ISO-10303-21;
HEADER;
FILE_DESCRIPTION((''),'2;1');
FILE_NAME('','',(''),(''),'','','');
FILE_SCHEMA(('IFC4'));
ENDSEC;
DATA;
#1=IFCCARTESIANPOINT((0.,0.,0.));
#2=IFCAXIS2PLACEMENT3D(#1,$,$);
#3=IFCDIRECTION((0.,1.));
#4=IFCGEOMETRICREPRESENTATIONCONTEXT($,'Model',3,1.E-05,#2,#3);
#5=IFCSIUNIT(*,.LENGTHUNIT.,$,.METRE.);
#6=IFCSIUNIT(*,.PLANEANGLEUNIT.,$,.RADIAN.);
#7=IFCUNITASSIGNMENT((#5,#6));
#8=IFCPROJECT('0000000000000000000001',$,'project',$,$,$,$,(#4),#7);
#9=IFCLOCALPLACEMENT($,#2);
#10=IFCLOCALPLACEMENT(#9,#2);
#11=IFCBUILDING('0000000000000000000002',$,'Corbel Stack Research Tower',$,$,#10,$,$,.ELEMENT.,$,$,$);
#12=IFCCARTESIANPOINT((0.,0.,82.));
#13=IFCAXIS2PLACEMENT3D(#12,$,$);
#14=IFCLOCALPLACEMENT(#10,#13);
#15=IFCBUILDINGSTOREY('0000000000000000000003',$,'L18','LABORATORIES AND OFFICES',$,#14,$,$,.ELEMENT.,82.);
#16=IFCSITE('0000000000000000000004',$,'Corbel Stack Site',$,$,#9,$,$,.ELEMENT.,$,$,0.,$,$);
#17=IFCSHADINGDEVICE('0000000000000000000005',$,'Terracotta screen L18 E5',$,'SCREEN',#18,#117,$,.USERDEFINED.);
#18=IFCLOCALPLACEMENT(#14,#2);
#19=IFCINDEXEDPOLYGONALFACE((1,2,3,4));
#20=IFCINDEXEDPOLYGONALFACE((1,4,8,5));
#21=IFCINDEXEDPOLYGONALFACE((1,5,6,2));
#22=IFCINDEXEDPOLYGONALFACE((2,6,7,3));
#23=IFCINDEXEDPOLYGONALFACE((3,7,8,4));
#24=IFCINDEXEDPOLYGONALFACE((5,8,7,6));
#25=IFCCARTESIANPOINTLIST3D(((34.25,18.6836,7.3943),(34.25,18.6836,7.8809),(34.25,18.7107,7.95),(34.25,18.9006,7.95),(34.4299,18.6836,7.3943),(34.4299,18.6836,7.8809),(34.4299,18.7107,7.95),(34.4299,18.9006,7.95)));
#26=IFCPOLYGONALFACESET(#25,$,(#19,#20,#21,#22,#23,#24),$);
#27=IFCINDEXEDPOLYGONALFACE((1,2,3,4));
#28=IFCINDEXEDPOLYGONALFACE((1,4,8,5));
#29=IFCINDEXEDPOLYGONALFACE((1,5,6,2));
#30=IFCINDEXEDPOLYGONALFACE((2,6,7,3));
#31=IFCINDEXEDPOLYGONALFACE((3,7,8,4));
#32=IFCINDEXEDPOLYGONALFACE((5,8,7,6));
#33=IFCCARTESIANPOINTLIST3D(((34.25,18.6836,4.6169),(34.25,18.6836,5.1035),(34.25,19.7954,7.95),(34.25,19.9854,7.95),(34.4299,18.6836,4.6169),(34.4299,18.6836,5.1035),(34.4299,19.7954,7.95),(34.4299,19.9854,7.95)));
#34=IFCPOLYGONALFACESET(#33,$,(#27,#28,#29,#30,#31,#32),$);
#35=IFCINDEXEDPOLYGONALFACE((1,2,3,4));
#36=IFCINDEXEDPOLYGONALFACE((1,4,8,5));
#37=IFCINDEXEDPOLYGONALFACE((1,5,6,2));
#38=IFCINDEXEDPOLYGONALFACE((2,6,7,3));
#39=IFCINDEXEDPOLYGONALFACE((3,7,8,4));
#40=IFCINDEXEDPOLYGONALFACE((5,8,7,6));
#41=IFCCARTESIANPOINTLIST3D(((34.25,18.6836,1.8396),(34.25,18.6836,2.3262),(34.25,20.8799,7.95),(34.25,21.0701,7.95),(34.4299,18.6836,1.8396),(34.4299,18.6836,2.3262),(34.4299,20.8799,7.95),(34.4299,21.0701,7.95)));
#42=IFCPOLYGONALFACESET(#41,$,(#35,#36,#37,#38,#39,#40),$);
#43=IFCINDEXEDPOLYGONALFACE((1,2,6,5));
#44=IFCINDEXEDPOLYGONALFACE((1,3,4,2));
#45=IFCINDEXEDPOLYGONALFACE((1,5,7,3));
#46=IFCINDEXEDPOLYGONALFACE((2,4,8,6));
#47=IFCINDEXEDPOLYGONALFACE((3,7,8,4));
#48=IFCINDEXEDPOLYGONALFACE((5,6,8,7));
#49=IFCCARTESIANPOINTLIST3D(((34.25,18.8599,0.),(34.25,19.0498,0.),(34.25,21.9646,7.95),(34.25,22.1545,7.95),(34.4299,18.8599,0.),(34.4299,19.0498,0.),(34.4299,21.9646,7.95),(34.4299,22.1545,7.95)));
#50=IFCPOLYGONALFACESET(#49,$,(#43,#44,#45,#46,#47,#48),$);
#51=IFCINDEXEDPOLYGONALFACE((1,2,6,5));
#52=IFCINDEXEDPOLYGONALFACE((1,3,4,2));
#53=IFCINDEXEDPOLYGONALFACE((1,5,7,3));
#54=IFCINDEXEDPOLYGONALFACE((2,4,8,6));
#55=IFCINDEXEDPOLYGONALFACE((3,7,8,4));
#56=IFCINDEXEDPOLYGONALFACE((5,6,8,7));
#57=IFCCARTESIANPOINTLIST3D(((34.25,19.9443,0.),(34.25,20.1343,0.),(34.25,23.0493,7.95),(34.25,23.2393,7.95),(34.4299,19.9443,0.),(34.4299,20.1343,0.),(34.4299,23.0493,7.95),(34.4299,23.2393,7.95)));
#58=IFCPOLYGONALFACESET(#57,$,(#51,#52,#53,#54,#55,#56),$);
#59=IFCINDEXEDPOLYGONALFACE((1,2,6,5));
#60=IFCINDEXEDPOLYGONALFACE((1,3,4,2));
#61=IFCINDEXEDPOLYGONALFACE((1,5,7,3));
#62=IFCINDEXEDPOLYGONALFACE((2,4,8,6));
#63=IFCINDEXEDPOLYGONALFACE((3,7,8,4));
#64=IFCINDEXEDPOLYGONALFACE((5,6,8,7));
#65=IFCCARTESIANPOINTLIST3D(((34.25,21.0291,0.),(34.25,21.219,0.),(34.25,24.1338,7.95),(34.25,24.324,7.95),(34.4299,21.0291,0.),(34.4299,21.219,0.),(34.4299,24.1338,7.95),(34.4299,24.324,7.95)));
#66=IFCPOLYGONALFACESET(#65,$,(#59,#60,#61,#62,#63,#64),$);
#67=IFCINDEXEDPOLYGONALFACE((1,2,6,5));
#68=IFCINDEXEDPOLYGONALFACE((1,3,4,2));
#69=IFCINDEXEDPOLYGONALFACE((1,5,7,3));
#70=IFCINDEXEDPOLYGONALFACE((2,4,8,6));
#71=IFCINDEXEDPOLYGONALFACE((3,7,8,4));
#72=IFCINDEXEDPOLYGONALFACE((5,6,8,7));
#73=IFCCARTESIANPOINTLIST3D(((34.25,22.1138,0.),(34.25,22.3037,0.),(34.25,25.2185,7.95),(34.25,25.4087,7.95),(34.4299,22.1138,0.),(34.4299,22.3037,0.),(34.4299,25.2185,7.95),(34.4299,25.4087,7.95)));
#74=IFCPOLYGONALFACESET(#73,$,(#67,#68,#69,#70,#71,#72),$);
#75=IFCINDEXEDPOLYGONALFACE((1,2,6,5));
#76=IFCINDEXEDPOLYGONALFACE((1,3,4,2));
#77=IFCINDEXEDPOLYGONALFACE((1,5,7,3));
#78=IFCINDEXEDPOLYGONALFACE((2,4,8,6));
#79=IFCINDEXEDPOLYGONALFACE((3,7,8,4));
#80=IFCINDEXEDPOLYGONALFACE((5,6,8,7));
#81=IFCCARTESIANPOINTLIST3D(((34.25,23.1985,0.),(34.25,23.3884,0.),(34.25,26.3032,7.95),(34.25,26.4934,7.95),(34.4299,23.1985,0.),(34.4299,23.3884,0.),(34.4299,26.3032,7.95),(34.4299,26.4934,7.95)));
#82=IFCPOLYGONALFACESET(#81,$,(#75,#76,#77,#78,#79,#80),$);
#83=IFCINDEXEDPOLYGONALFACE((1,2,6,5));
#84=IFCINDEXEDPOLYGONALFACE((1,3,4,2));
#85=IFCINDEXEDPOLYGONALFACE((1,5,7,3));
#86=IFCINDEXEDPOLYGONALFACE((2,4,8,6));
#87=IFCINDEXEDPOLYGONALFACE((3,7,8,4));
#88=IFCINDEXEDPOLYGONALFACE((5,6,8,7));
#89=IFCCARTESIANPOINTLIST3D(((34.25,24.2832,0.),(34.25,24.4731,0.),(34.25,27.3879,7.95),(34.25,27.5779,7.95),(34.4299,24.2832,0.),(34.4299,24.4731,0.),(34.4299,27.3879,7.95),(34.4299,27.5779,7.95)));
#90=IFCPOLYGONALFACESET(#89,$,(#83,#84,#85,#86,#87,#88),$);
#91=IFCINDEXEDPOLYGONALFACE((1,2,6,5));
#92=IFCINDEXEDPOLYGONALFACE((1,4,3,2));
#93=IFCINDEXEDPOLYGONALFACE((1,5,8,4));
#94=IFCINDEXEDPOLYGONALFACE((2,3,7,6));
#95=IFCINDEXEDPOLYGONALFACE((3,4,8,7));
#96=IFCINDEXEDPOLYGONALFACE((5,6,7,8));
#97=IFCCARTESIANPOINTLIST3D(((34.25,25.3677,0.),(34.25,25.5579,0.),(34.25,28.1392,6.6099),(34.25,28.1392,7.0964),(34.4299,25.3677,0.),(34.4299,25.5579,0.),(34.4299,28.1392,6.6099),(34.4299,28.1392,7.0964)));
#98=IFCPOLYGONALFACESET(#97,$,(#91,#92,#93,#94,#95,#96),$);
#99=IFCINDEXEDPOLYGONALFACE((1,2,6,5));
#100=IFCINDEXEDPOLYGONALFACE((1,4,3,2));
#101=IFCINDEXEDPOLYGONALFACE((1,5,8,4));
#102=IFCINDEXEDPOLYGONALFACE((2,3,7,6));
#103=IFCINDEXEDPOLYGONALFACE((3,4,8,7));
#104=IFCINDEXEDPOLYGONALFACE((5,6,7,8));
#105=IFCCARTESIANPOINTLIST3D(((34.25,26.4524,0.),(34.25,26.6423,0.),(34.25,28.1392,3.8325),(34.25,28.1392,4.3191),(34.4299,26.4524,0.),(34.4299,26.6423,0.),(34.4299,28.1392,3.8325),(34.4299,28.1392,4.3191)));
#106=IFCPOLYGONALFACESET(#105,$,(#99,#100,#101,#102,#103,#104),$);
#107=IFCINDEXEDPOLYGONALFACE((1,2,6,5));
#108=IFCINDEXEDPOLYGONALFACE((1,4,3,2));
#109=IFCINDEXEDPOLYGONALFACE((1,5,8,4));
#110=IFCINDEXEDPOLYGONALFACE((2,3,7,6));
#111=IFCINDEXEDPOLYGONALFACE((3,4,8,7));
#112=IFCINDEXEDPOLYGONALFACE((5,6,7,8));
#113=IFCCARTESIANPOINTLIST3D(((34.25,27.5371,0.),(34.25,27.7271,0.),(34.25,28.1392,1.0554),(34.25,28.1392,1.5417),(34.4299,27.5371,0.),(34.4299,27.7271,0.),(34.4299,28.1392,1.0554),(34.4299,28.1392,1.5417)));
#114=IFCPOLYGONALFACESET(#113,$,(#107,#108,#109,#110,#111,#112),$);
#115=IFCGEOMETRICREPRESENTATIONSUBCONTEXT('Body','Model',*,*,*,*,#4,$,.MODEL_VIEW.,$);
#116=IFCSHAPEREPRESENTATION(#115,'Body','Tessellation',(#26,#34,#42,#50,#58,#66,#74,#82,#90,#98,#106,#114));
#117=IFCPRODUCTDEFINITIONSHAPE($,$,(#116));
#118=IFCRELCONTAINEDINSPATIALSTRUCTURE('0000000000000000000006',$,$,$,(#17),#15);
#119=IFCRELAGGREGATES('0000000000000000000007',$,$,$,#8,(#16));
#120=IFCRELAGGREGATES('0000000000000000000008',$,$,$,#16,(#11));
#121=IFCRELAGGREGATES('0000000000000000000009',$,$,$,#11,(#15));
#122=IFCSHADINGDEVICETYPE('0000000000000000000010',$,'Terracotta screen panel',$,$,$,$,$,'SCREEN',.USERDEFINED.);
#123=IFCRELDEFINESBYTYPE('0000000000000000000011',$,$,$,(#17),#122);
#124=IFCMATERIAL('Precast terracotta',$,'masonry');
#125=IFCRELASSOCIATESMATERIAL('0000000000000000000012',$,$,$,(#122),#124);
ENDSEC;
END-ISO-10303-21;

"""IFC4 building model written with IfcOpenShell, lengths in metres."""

from ifc_helpers import new_model, si_unit, direction, frame, origin, place, context, subcontext, project, spatial, polyline, outline, extrude, source, transform, mapped, material, type_object, element, save


model = new_model("IFC4")

# Units and contexts
model_context = context("Model", 3, precision=1e-05, world=origin(), true_north=direction((0.0, 1.0)))
body_context = subcontext(model_context, "Body", "Model", "MODEL_VIEW")
ifc_project = project(units=[si_unit("LENGTHUNIT", "METRE"), si_unit("PLANEANGLEUNIT", "RADIAN")], contexts=[model_context])

# Site, building, storey
site_placement = place(None, origin())
site = spatial("IfcSite", under=ifc_project, at=site_placement, Name="Corbel Stack Site", CompositionType="ELEMENT", RefElevation=0.0)
building_placement = place(site_placement, origin())
building = spatial("IfcBuilding", under=site, at=building_placement, Name="Corbel Stack Research Tower", CompositionType="ELEMENT")
storey_placement = place(building_placement, frame((0.0, 0.0, 82.0)))
storey = spatial("IfcBuildingStorey", under=building, at=storey_placement, Name="L18", Description="LABORATORIES AND OFFICES", CompositionType="ELEMENT", Elevation=82.0)

# Shading device
ifc_material_1 = material(Name="Precast terracotta", Category="masonry")
shading_device_type = type_object("IfcShadingDeviceType", Name="Terracotta screen panel", ElementType="SCREEN", PredefinedType="USERDEFINED", material=ifc_material_1)
shared_shape_1 = source(origin(), body_context, "Body", "SweptSolid", [
    extrude(outline(polyline([(0.217, 7.95), (0.0271, 7.95), (0.0, 7.8809), (0.0, 7.3943), (0.217, 7.95)])), frame((0.0, 0.0, 0.0), z_axis=(0.0, -1.0, 0.0), x_axis=(1.0, 0.0, 0.0)), (0.0, 0.0, 1.0), 0.1799),
    extrude(outline(polyline([(1.3018, 7.95), (1.1118, 7.95), (0.0, 5.1035), (0.0, 4.6169), (1.3018, 7.95)])), frame((0.0, 0.0, 0.0), z_axis=(0.0, -1.0, 0.0), x_axis=(1.0, 0.0, 0.0)), (0.0, 0.0, 1.0), 0.1799),
    extrude(outline(polyline([(2.3865, 7.95), (2.1963, 7.95), (0.0, 2.3262), (0.0, 1.8396), (2.3865, 7.95)])), frame((0.0, 0.0, 0.0), z_axis=(0.0, -1.0, 0.0), x_axis=(1.0, 0.0, 0.0)), (0.0, 0.0, 1.0), 0.1799),
    extrude(outline(polyline([(0.3662, 0.0), (3.4709, 7.95), (3.281, 7.95), (0.1763, 0.0), (0.3662, 0.0)])), frame((0.0, 0.0, 0.0), z_axis=(0.0, -1.0, 0.0), x_axis=(1.0, 0.0, 0.0)), (0.0, 0.0, 1.0), 0.1799),
    extrude(outline(polyline([(1.4507, 0.0), (4.5557, 7.95), (4.3657, 7.95), (1.2607, 0.0), (1.4507, 0.0)])), frame((0.0, 0.0, 0.0), z_axis=(0.0, -1.0, 0.0), x_axis=(1.0, 0.0, 0.0)), (0.0, 0.0, 1.0), 0.1799),
    extrude(outline(polyline([(2.5354, 0.0), (5.6404, 7.95), (5.4502, 7.95), (2.3455, 0.0), (2.5354, 0.0)])), frame((0.0, 0.0, 0.0), z_axis=(0.0, -1.0, 0.0), x_axis=(1.0, 0.0, 0.0)), (0.0, 0.0, 1.0), 0.1799),
    extrude(outline(polyline([(3.6201, 0.0), (6.7251, 7.95), (6.5349, 7.95), (3.4302, 0.0), (3.6201, 0.0)])), frame((0.0, 0.0, 0.0), z_axis=(0.0, -1.0, 0.0), x_axis=(1.0, 0.0, 0.0)), (0.0, 0.0, 1.0), 0.1799),
    extrude(outline(polyline([(4.7048, 0.0), (7.8098, 7.95), (7.6196, 7.95), (4.5149, 0.0), (4.7048, 0.0)])), frame((0.0, 0.0, 0.0), z_axis=(0.0, -1.0, 0.0), x_axis=(1.0, 0.0, 0.0)), (0.0, 0.0, 1.0), 0.1799),
    extrude(outline(polyline([(5.7896, 0.0), (8.8943, 7.95), (8.7043, 7.95), (5.5996, 0.0), (5.7896, 0.0)])), frame((0.0, 0.0, 0.0), z_axis=(0.0, -1.0, 0.0), x_axis=(1.0, 0.0, 0.0)), (0.0, 0.0, 1.0), 0.1799),
    extrude(outline(polyline([(6.8743, 0.0), (9.4556, 6.6099), (9.4556, 7.0964), (6.6841, 0.0), (6.8743, 0.0)])), frame((0.0, 0.0, 0.0), z_axis=(0.0, -1.0, 0.0), x_axis=(1.0, 0.0, 0.0)), (0.0, 0.0, 1.0), 0.1799),
    extrude(outline(polyline([(7.9587, 0.0), (9.4556, 3.8325), (9.4556, 4.3191), (7.7688, 0.0), (7.9587, 0.0)])), frame((0.0, 0.0, 0.0), z_axis=(0.0, -1.0, 0.0), x_axis=(1.0, 0.0, 0.0)), (0.0, 0.0, 1.0), 0.1799),
    extrude(outline(polyline([(9.0435, 0.0), (9.4556, 1.0554), (9.4556, 1.5417), (8.8535, 0.0), (9.0435, 0.0)])), frame((0.0, 0.0, 0.0), z_axis=(0.0, -1.0, 0.0), x_axis=(1.0, 0.0, 0.0)), (0.0, 0.0, 1.0), 0.1799),
])
shading_device_1_placement = place(storey_placement, frame((34.25, 18.6836, 0.0), z_axis=(0.0, 0.0, 1.0), x_axis=(0.0, 1.0, 0.0)))
element("IfcShadingDevice", 1, at=shading_device_1_placement, inside=storey, type_object=shading_device_type, Name="Terracotta screen L18 E5", ObjectType="SCREEN", PredefinedType="USERDEFINED", context=body_context, shape_type="MappedRepresentation", body=[
    mapped(shared_shape_1, transform((0.0, 0.0, 0.0))),
])

save(model, "model.ifc")
